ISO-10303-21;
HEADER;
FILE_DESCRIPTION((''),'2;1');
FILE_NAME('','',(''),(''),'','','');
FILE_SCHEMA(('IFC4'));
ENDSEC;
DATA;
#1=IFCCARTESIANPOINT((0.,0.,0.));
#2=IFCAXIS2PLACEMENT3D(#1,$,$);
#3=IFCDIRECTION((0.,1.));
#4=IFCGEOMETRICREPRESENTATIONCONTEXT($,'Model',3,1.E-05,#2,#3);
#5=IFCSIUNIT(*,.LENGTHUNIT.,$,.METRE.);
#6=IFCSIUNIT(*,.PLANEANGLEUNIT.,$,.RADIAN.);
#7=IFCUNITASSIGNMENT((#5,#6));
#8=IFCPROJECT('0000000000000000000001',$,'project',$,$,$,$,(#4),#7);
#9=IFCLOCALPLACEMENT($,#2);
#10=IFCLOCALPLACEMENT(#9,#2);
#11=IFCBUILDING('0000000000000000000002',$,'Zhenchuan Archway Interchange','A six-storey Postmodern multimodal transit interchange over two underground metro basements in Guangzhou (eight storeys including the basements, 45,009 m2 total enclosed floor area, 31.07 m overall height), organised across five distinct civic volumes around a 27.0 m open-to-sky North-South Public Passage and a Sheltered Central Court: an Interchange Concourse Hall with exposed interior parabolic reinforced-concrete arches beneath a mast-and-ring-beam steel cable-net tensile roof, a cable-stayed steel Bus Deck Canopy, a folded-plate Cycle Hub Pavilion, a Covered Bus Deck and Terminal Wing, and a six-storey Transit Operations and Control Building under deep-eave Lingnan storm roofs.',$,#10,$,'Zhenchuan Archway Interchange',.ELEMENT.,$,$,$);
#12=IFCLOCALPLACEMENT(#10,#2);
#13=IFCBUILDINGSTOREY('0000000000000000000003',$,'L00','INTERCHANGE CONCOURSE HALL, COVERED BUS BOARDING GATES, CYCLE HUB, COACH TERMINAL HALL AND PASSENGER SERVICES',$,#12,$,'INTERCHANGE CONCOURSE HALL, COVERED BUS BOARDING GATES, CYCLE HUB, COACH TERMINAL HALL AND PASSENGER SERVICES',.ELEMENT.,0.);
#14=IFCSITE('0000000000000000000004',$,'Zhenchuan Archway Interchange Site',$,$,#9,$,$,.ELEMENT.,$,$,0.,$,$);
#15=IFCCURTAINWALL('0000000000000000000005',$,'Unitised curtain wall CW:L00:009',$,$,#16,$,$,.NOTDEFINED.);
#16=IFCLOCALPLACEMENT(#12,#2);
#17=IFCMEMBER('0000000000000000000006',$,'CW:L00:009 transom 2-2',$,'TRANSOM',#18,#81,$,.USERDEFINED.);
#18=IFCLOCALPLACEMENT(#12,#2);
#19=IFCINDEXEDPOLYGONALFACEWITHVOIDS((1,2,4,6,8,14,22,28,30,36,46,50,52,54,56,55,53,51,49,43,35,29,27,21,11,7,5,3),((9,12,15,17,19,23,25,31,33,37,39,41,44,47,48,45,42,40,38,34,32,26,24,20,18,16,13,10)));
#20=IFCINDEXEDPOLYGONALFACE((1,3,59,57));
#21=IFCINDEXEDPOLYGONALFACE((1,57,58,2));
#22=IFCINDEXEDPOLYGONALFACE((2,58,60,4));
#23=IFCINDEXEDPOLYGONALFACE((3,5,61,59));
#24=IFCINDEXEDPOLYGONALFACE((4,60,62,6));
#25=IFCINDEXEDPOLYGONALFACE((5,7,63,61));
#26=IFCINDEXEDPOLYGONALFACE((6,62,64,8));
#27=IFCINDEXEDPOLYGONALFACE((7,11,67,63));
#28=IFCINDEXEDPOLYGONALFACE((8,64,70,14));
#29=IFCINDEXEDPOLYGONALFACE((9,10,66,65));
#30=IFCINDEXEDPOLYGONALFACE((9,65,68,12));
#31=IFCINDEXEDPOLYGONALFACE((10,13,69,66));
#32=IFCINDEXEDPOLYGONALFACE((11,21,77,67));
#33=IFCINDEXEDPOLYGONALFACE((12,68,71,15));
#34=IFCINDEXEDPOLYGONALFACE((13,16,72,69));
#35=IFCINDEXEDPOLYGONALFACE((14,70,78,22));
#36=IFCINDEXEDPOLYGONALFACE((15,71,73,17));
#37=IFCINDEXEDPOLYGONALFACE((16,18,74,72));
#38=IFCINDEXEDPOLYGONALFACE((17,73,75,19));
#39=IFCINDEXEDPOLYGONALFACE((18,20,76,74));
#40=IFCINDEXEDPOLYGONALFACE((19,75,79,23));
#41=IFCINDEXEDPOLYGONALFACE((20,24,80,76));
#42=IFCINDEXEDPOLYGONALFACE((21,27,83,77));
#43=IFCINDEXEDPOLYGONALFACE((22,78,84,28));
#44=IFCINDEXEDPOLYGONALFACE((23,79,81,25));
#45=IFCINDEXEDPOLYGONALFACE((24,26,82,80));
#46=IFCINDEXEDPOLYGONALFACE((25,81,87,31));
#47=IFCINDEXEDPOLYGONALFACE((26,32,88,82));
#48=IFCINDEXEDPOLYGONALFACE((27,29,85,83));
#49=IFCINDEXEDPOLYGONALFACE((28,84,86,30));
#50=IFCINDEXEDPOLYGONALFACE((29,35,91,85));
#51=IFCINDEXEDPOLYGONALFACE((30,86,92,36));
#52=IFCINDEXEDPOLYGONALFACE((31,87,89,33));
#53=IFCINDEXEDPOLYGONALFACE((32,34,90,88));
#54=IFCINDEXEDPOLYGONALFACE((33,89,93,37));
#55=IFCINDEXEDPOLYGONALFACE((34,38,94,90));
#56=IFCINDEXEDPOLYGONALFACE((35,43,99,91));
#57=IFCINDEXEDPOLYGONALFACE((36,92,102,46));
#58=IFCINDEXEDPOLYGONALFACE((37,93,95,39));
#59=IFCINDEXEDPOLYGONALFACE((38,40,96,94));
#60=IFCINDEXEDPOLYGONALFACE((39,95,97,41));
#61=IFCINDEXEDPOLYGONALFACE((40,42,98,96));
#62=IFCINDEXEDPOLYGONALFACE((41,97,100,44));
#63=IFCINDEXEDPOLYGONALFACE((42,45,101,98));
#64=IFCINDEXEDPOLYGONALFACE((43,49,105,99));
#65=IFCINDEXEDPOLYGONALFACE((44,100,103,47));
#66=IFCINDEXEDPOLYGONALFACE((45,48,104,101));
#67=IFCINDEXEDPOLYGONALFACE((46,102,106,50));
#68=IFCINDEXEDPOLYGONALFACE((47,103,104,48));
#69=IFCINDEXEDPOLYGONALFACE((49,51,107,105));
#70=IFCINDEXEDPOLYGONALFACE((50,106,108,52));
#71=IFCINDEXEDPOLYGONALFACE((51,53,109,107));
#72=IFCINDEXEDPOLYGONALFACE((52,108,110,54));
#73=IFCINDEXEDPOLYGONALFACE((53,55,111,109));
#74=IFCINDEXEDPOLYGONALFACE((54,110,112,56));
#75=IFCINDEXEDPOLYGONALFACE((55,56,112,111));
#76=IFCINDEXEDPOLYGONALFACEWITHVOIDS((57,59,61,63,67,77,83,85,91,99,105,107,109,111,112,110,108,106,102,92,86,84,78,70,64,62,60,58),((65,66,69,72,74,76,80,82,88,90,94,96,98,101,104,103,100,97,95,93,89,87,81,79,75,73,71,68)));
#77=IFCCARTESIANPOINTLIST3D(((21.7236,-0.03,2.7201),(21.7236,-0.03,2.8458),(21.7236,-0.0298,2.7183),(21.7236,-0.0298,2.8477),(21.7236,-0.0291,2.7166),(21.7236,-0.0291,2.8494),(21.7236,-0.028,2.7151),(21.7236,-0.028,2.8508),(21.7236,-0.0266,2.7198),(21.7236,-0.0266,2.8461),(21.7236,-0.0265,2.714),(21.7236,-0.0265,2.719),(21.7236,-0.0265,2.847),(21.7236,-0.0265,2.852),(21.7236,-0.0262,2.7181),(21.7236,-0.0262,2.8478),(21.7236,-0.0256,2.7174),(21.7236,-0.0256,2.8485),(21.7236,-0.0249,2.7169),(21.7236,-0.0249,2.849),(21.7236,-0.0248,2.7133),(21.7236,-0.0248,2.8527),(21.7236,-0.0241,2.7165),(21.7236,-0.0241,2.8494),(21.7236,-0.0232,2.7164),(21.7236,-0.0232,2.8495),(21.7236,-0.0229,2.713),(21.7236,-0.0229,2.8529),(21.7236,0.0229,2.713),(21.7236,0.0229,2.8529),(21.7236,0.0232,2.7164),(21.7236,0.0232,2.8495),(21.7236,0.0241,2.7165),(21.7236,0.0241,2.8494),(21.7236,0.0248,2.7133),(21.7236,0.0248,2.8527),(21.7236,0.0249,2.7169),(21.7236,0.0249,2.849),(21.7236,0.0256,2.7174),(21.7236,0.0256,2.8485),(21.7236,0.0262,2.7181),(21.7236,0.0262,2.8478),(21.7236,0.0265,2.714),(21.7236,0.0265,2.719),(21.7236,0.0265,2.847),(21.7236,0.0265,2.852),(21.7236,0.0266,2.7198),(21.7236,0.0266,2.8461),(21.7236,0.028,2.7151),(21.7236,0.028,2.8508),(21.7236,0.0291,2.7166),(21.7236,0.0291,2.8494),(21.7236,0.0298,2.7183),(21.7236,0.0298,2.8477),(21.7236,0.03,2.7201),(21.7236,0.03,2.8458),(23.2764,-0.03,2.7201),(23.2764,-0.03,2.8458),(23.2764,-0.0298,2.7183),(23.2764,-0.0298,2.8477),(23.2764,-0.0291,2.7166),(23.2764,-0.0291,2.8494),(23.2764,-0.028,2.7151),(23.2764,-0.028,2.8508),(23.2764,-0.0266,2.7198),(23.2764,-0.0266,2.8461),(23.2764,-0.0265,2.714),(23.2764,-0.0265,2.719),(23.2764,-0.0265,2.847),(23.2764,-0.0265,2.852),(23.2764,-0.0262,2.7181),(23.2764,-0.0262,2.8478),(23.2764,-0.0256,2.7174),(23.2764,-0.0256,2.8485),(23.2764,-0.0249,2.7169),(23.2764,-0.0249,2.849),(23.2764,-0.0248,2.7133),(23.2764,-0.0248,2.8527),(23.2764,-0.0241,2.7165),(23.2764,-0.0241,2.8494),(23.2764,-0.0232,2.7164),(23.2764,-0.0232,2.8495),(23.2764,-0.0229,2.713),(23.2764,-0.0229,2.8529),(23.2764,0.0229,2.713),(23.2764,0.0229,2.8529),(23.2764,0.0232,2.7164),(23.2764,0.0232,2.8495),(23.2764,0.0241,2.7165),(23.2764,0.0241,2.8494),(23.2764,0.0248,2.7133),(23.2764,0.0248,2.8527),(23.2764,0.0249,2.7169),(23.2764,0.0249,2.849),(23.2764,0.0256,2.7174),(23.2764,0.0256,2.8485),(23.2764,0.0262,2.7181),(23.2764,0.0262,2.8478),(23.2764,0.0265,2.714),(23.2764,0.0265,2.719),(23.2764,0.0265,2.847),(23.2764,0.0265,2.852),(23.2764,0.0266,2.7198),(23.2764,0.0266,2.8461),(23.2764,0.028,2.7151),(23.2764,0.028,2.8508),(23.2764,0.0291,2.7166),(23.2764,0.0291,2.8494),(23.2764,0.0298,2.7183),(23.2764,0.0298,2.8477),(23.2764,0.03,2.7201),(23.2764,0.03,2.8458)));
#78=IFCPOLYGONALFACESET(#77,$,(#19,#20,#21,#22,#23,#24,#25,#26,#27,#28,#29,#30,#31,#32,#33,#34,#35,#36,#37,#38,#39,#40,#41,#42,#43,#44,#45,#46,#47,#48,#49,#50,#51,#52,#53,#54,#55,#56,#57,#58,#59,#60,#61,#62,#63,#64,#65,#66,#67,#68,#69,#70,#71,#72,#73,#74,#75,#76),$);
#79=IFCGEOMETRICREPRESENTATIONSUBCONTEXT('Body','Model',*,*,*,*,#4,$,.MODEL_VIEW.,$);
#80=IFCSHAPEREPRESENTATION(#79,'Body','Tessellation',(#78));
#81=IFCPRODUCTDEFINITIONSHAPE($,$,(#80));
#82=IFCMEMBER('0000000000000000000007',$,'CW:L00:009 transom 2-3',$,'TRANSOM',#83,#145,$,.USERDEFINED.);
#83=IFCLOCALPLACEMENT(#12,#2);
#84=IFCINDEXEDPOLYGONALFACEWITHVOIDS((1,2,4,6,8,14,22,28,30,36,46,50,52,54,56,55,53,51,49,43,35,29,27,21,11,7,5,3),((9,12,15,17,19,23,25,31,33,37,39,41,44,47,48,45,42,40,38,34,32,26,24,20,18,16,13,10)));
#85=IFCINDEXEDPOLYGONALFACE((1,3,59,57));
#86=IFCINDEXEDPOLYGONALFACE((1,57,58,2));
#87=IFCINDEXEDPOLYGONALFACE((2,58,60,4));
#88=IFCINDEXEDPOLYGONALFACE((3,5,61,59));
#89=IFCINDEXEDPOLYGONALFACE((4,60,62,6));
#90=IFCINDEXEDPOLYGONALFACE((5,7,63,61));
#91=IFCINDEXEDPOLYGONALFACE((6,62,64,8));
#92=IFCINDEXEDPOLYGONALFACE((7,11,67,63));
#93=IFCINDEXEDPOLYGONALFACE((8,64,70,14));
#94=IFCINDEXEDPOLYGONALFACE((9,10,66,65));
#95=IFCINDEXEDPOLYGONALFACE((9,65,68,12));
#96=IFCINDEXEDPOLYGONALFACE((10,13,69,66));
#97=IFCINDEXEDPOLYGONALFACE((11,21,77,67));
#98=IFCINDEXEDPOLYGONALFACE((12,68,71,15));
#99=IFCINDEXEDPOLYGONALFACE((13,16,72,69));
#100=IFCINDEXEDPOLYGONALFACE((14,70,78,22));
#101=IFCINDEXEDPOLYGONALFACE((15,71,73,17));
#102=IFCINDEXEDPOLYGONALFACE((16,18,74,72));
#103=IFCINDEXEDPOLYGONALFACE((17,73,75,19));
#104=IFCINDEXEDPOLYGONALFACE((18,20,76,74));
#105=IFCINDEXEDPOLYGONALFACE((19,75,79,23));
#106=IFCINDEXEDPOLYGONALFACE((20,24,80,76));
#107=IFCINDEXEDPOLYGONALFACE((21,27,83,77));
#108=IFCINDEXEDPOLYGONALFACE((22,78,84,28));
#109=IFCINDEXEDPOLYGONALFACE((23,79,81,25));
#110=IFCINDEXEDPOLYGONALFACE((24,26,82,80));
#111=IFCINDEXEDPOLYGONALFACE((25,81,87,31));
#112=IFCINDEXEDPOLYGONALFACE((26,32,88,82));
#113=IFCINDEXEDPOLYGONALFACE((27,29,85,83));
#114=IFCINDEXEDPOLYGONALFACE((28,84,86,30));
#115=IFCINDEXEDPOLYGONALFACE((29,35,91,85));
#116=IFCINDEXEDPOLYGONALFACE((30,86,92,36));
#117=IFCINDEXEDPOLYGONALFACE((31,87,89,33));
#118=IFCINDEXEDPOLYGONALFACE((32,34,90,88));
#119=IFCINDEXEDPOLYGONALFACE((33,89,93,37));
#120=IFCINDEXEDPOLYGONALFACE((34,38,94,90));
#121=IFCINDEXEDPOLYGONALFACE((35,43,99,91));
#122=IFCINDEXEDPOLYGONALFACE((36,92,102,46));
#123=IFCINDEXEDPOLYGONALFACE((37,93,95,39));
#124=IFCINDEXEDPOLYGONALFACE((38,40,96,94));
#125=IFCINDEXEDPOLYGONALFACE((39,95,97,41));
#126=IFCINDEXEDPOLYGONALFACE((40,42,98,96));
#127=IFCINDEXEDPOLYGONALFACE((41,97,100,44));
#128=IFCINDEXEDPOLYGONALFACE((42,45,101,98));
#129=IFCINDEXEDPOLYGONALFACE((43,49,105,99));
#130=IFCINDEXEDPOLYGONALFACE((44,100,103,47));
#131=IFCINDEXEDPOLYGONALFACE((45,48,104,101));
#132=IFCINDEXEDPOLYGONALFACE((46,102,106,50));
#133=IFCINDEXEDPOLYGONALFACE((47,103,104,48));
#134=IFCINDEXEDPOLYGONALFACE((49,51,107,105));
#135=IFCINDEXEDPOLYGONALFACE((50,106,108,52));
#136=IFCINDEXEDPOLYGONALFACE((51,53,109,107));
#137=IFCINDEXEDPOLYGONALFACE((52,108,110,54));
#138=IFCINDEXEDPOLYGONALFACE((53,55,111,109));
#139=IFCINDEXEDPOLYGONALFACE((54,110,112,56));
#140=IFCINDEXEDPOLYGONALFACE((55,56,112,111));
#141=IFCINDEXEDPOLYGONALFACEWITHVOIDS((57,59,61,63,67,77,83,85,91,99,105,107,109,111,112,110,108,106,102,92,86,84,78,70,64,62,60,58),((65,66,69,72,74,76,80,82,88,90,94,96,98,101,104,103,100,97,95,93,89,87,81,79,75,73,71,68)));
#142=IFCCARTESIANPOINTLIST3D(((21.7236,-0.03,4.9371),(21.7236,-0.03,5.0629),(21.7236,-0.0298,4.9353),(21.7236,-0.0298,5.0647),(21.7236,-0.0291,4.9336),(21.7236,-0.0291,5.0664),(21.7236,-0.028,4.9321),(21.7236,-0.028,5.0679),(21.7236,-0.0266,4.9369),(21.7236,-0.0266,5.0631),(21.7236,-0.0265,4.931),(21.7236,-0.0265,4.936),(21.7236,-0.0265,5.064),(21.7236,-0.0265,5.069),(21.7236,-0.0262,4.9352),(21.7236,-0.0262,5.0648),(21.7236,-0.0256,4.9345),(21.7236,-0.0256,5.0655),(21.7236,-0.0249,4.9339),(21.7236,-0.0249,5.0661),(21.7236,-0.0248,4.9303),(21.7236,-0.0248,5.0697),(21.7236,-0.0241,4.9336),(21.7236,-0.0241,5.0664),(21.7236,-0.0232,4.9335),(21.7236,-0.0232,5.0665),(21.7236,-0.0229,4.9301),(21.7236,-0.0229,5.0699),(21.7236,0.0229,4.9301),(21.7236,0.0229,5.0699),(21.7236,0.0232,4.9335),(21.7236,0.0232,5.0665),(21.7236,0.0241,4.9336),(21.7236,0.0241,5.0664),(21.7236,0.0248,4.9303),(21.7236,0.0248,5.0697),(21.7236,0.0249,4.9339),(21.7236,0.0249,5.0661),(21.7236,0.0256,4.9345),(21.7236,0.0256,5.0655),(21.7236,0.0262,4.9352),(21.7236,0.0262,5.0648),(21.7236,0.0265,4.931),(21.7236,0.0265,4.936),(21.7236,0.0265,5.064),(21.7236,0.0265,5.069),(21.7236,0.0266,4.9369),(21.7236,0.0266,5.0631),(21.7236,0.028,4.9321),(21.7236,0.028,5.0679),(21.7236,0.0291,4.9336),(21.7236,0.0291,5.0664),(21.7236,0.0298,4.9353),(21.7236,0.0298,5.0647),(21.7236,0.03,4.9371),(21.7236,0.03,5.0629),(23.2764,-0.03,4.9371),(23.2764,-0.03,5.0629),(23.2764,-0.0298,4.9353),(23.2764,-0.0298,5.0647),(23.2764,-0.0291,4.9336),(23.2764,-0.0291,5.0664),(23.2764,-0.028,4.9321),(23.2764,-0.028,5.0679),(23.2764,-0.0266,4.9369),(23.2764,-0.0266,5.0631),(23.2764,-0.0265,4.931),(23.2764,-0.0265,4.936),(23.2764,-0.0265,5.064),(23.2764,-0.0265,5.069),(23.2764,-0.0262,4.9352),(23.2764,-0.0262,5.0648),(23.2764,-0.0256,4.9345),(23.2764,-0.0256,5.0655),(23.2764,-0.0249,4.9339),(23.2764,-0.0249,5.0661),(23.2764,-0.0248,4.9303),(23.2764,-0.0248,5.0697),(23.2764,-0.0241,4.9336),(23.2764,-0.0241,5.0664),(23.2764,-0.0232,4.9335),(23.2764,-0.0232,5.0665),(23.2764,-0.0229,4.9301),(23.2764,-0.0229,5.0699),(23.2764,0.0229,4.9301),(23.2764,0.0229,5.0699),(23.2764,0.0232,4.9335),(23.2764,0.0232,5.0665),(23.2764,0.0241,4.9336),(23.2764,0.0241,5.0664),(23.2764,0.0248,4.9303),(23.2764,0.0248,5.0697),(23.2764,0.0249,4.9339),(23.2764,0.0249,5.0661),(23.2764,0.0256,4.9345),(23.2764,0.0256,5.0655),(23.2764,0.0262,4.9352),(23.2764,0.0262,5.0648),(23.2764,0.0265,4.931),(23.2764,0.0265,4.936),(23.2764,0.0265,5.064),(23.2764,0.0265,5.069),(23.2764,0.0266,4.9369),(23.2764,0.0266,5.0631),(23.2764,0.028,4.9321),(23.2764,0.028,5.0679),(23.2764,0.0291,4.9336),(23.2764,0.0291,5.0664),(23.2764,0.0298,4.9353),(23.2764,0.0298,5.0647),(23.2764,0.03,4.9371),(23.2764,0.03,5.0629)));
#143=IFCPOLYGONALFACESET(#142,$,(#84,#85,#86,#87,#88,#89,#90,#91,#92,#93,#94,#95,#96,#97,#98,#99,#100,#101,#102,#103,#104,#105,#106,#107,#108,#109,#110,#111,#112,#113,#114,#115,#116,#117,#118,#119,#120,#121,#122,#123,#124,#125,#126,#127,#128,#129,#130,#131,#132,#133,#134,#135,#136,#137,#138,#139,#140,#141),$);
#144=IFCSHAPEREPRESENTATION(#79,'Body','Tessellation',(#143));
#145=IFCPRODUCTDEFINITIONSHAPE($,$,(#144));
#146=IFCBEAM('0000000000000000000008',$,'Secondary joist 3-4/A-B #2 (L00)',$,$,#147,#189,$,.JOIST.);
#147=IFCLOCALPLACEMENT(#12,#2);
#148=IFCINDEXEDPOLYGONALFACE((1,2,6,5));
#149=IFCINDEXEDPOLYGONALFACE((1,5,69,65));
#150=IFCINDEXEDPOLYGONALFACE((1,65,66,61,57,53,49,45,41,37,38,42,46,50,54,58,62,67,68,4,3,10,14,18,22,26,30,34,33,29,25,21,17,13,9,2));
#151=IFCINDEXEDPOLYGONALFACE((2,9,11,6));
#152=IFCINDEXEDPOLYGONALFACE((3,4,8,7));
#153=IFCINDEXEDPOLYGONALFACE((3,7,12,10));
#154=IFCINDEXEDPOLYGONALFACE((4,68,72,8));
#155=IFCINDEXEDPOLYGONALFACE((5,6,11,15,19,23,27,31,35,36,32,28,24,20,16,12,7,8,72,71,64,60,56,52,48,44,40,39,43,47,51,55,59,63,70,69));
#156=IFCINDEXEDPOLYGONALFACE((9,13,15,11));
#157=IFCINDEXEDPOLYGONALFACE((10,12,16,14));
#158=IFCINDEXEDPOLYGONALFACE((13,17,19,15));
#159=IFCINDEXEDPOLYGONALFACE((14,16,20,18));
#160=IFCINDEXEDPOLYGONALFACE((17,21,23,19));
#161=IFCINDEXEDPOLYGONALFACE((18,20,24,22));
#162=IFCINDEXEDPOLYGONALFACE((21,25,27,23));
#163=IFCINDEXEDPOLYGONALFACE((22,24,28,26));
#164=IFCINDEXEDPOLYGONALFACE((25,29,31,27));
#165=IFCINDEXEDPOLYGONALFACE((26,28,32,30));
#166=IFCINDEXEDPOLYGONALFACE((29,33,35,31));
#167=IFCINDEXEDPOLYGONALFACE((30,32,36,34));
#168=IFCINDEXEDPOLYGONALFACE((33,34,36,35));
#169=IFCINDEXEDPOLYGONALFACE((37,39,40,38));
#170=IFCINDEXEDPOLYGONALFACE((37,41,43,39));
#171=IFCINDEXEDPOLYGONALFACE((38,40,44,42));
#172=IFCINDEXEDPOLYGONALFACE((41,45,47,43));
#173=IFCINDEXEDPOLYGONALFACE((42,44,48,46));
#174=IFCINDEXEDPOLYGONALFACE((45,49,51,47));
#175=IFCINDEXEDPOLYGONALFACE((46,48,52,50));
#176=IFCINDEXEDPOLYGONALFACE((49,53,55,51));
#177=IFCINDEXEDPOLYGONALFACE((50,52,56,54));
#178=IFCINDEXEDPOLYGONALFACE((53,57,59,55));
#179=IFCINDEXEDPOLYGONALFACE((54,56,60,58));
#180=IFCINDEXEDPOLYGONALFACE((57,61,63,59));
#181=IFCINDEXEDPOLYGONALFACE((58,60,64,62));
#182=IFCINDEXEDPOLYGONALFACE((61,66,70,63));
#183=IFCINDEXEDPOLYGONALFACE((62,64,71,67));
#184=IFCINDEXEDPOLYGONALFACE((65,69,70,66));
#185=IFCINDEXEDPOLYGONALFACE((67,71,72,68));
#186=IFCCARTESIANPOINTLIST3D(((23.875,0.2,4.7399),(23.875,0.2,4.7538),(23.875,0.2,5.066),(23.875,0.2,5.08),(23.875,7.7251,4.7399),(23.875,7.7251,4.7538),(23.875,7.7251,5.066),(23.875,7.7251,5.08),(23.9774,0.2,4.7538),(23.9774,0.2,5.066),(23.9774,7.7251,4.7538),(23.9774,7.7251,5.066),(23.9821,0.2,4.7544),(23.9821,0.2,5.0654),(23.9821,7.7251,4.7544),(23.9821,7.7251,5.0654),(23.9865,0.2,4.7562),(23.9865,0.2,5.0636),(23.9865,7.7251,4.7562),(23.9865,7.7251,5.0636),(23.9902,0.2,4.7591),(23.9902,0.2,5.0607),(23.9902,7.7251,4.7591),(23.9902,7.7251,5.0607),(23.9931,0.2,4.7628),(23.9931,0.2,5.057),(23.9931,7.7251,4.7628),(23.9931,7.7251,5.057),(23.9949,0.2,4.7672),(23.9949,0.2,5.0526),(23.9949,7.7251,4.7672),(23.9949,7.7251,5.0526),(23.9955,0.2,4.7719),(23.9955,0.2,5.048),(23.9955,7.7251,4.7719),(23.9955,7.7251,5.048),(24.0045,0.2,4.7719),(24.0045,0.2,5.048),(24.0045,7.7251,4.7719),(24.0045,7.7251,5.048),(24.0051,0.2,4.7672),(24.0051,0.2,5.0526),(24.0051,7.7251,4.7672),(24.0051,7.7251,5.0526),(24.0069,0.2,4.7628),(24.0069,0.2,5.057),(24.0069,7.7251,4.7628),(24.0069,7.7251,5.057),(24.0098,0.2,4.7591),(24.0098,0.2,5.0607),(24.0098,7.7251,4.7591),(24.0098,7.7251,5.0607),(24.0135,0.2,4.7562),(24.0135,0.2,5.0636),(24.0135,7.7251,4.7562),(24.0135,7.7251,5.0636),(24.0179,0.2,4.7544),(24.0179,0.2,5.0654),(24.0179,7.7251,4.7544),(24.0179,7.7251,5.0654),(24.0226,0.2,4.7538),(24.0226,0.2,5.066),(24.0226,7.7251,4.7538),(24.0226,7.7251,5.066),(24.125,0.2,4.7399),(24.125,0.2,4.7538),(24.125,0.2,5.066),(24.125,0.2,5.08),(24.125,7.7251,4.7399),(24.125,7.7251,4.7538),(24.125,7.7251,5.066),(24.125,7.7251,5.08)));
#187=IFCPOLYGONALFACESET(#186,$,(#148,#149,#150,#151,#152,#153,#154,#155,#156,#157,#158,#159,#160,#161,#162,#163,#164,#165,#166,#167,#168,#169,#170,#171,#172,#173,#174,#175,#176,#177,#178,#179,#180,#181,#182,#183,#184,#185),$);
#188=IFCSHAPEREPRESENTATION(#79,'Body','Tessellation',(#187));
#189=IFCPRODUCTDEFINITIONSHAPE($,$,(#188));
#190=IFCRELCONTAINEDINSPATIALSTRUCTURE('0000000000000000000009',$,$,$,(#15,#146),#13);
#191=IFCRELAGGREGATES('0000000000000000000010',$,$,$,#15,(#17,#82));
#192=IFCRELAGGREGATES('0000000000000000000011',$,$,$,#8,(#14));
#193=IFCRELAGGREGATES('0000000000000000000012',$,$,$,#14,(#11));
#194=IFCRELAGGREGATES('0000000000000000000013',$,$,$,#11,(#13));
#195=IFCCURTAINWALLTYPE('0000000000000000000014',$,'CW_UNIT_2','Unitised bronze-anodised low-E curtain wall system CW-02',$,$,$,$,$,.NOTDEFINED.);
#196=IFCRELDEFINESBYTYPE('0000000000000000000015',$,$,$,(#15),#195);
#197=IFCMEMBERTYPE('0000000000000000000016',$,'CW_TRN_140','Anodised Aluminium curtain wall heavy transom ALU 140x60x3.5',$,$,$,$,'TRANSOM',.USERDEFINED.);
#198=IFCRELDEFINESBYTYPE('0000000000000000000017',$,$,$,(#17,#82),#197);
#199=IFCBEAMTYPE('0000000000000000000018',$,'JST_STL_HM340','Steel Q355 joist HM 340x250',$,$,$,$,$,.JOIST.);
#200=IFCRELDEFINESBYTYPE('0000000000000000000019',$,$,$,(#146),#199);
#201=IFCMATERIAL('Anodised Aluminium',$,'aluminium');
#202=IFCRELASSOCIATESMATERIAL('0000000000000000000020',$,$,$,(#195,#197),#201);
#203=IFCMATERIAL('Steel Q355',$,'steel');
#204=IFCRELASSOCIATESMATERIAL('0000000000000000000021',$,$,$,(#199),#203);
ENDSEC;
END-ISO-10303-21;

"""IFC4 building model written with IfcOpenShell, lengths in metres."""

from ifc_helpers import new_model, si_unit, direction, frame, origin, origin_2d, place, context, subcontext, project, spatial, hollow_rectangle, i_section, extrude, material, material_profile, profile_set, type_object, element, aggregate, save


model = new_model("IFC4")

# Units and contexts
model_context = context("Model", 3, precision=1e-05, world=origin(), true_north=direction((0.0, 1.0)))
body_context = subcontext(model_context, "Body", "Model", "MODEL_VIEW")
ifc_project = project(units=[si_unit("LENGTHUNIT", "METRE"), si_unit("PLANEANGLEUNIT", "RADIAN")], contexts=[model_context])

# Site, building, storey
site_placement = place(None, origin())
site = spatial("IfcSite", under=ifc_project, at=site_placement, Name="Zhenchuan Archway Interchange Site", CompositionType="ELEMENT", RefElevation=0.0)
building_placement = place(site_placement, origin())
building = spatial("IfcBuilding", under=site, at=building_placement, Name="Zhenchuan Archway Interchange", Description="A six-storey Postmodern multimodal transit interchange over two underground metro basements in Guangzhou (eight storeys including the basements, 45,009 m2 total enclosed floor area, 31.07 m overall height), organised across five distinct civic volumes around a 27.0 m open-to-sky North-South Public Passage and a Sheltered Central Court: an Interchange Concourse Hall with exposed interior parabolic reinforced-concrete arches beneath a mast-and-ring-beam steel cable-net tensile roof, a cable-stayed steel Bus Deck Canopy, a folded-plate Cycle Hub Pavilion, a Covered Bus Deck and Terminal Wing, and a six-storey Transit Operations and Control Building under deep-eave Lingnan storm roofs.", LongName="Zhenchuan Archway Interchange", CompositionType="ELEMENT")
storey_placement = place(building_placement, origin())
storey = spatial("IfcBuildingStorey", under=building, at=storey_placement, Name="L00", Description="INTERCHANGE CONCOURSE HALL, COVERED BUS BOARDING GATES, CYCLE HUB, COACH TERMINAL HALL AND PASSENGER SERVICES", LongName="INTERCHANGE CONCOURSE HALL, COVERED BUS BOARDING GATES, CYCLE HUB, COACH TERMINAL HALL AND PASSENGER SERVICES", CompositionType="ELEMENT", Elevation=0.0)

# Curtain wall, members
ifc_material_1 = material(Name="Anodised Aluminium", Category="aluminium")
curtain_wall_type = type_object("IfcCurtainWallType", Name="CW_UNIT_2", Description="Unitised bronze-anodised low-E curtain wall system CW-02", PredefinedType="NOTDEFINED", material=ifc_material_1)
curtain_wall_placement = place(storey_placement, origin())
curtain_wall = element("IfcCurtainWall", 1, at=curtain_wall_placement, inside=storey, type_object=curtain_wall_type, Name="Unitised curtain wall CW:L00:009", PredefinedType="NOTDEFINED")
ifc_material_profile_1 = material_profile(ifc_material_1, hollow_rectangle(XDim=0.0601, YDim=0.1399, WallThickness=0.0034, InnerFilletRadius=0.0034, OuterFilletRadius=0.0071, at=origin_2d()), Name="ALU 140x60x3.5")
ifc_profile_set_1 = profile_set([ifc_material_profile_1], Name="Anodised Aluminium")
member_type_1 = type_object("IfcMemberType", Name="CW_TRN_140", Description="Anodised Aluminium curtain wall heavy transom ALU 140x60x3.5", ElementType="TRANSOM", PredefinedType="USERDEFINED", material=ifc_profile_set_1)
member_1_placement = place(storey_placement, frame((23.2764, 0.0, 2.783), z_axis=(-1.0, 0.0, 0.0), x_axis=(0.0, -1.0, 0.0)))
member_1 = element("IfcMember", 2, at=member_1_placement, type_object=member_type_1, Name="CW:L00:009 transom 2-2", ObjectType="TRANSOM", PredefinedType="USERDEFINED", context=body_context, shape_type="SweptSolid", body=[
    extrude(hollow_rectangle(XDim=0.0601, YDim=0.1399, WallThickness=0.0034, InnerFilletRadius=0.0034, OuterFilletRadius=0.0071, at=origin_2d()), origin(), (0.0, 0.0, 1.0), 1.5527),
])
member_2_placement = place(storey_placement, frame((23.2764, 0.0, 5.0), z_axis=(-1.0, 0.0, 0.0), x_axis=(0.0, -1.0, 0.0)))
member_2 = element("IfcMember", 3, at=member_2_placement, type_object=member_type_1, Name="CW:L00:009 transom 2-3", ObjectType="TRANSOM", PredefinedType="USERDEFINED", context=body_context, shape_type="SweptSolid", body=[
    extrude(hollow_rectangle(XDim=0.0601, YDim=0.1399, WallThickness=0.0034, InnerFilletRadius=0.0034, OuterFilletRadius=0.0071, at=origin_2d()), origin(), (0.0, 0.0, 1.0), 1.5527),
])

# Beam
ifc_material_2 = material(Name="Steel Q355", Category="steel")
ifc_material_profile_2 = material_profile(ifc_material_2, i_section(OverallWidth=0.25, OverallDepth=0.3401, WebThickness=0.009, FlangeThickness=0.0139, FilletRadius=0.0181, at=origin_2d()), Name="HM 340x250")
ifc_profile_set_2 = profile_set([ifc_material_profile_2], Name="Steel Q355")
beam_type = type_object("IfcBeamType", Name="JST_STL_HM340", Description="Steel Q355 joist HM 340x250", PredefinedType="JOIST", material=ifc_profile_set_2)
beam_placement = place(storey_placement, frame((24.0, 0.2, 4.9099), z_axis=(0.0, 1.0, 0.0), x_axis=(-1.0, 0.0, 0.0)))
element("IfcBeam", 4, at=beam_placement, inside=storey, type_object=beam_type, Name="Secondary joist 3-4/A-B #2 (L00)", PredefinedType="JOIST", context=body_context, shape_type="SweptSolid", body=[
    extrude(i_section(OverallWidth=0.25, OverallDepth=0.3401, WebThickness=0.009, FlangeThickness=0.0139, FilletRadius=0.0181, at=origin_2d()), origin(), (0.0, 0.0, 1.0), 7.5251),
])

aggregate(curtain_wall, [member_1, member_2])

save(model, "model.ifc")
